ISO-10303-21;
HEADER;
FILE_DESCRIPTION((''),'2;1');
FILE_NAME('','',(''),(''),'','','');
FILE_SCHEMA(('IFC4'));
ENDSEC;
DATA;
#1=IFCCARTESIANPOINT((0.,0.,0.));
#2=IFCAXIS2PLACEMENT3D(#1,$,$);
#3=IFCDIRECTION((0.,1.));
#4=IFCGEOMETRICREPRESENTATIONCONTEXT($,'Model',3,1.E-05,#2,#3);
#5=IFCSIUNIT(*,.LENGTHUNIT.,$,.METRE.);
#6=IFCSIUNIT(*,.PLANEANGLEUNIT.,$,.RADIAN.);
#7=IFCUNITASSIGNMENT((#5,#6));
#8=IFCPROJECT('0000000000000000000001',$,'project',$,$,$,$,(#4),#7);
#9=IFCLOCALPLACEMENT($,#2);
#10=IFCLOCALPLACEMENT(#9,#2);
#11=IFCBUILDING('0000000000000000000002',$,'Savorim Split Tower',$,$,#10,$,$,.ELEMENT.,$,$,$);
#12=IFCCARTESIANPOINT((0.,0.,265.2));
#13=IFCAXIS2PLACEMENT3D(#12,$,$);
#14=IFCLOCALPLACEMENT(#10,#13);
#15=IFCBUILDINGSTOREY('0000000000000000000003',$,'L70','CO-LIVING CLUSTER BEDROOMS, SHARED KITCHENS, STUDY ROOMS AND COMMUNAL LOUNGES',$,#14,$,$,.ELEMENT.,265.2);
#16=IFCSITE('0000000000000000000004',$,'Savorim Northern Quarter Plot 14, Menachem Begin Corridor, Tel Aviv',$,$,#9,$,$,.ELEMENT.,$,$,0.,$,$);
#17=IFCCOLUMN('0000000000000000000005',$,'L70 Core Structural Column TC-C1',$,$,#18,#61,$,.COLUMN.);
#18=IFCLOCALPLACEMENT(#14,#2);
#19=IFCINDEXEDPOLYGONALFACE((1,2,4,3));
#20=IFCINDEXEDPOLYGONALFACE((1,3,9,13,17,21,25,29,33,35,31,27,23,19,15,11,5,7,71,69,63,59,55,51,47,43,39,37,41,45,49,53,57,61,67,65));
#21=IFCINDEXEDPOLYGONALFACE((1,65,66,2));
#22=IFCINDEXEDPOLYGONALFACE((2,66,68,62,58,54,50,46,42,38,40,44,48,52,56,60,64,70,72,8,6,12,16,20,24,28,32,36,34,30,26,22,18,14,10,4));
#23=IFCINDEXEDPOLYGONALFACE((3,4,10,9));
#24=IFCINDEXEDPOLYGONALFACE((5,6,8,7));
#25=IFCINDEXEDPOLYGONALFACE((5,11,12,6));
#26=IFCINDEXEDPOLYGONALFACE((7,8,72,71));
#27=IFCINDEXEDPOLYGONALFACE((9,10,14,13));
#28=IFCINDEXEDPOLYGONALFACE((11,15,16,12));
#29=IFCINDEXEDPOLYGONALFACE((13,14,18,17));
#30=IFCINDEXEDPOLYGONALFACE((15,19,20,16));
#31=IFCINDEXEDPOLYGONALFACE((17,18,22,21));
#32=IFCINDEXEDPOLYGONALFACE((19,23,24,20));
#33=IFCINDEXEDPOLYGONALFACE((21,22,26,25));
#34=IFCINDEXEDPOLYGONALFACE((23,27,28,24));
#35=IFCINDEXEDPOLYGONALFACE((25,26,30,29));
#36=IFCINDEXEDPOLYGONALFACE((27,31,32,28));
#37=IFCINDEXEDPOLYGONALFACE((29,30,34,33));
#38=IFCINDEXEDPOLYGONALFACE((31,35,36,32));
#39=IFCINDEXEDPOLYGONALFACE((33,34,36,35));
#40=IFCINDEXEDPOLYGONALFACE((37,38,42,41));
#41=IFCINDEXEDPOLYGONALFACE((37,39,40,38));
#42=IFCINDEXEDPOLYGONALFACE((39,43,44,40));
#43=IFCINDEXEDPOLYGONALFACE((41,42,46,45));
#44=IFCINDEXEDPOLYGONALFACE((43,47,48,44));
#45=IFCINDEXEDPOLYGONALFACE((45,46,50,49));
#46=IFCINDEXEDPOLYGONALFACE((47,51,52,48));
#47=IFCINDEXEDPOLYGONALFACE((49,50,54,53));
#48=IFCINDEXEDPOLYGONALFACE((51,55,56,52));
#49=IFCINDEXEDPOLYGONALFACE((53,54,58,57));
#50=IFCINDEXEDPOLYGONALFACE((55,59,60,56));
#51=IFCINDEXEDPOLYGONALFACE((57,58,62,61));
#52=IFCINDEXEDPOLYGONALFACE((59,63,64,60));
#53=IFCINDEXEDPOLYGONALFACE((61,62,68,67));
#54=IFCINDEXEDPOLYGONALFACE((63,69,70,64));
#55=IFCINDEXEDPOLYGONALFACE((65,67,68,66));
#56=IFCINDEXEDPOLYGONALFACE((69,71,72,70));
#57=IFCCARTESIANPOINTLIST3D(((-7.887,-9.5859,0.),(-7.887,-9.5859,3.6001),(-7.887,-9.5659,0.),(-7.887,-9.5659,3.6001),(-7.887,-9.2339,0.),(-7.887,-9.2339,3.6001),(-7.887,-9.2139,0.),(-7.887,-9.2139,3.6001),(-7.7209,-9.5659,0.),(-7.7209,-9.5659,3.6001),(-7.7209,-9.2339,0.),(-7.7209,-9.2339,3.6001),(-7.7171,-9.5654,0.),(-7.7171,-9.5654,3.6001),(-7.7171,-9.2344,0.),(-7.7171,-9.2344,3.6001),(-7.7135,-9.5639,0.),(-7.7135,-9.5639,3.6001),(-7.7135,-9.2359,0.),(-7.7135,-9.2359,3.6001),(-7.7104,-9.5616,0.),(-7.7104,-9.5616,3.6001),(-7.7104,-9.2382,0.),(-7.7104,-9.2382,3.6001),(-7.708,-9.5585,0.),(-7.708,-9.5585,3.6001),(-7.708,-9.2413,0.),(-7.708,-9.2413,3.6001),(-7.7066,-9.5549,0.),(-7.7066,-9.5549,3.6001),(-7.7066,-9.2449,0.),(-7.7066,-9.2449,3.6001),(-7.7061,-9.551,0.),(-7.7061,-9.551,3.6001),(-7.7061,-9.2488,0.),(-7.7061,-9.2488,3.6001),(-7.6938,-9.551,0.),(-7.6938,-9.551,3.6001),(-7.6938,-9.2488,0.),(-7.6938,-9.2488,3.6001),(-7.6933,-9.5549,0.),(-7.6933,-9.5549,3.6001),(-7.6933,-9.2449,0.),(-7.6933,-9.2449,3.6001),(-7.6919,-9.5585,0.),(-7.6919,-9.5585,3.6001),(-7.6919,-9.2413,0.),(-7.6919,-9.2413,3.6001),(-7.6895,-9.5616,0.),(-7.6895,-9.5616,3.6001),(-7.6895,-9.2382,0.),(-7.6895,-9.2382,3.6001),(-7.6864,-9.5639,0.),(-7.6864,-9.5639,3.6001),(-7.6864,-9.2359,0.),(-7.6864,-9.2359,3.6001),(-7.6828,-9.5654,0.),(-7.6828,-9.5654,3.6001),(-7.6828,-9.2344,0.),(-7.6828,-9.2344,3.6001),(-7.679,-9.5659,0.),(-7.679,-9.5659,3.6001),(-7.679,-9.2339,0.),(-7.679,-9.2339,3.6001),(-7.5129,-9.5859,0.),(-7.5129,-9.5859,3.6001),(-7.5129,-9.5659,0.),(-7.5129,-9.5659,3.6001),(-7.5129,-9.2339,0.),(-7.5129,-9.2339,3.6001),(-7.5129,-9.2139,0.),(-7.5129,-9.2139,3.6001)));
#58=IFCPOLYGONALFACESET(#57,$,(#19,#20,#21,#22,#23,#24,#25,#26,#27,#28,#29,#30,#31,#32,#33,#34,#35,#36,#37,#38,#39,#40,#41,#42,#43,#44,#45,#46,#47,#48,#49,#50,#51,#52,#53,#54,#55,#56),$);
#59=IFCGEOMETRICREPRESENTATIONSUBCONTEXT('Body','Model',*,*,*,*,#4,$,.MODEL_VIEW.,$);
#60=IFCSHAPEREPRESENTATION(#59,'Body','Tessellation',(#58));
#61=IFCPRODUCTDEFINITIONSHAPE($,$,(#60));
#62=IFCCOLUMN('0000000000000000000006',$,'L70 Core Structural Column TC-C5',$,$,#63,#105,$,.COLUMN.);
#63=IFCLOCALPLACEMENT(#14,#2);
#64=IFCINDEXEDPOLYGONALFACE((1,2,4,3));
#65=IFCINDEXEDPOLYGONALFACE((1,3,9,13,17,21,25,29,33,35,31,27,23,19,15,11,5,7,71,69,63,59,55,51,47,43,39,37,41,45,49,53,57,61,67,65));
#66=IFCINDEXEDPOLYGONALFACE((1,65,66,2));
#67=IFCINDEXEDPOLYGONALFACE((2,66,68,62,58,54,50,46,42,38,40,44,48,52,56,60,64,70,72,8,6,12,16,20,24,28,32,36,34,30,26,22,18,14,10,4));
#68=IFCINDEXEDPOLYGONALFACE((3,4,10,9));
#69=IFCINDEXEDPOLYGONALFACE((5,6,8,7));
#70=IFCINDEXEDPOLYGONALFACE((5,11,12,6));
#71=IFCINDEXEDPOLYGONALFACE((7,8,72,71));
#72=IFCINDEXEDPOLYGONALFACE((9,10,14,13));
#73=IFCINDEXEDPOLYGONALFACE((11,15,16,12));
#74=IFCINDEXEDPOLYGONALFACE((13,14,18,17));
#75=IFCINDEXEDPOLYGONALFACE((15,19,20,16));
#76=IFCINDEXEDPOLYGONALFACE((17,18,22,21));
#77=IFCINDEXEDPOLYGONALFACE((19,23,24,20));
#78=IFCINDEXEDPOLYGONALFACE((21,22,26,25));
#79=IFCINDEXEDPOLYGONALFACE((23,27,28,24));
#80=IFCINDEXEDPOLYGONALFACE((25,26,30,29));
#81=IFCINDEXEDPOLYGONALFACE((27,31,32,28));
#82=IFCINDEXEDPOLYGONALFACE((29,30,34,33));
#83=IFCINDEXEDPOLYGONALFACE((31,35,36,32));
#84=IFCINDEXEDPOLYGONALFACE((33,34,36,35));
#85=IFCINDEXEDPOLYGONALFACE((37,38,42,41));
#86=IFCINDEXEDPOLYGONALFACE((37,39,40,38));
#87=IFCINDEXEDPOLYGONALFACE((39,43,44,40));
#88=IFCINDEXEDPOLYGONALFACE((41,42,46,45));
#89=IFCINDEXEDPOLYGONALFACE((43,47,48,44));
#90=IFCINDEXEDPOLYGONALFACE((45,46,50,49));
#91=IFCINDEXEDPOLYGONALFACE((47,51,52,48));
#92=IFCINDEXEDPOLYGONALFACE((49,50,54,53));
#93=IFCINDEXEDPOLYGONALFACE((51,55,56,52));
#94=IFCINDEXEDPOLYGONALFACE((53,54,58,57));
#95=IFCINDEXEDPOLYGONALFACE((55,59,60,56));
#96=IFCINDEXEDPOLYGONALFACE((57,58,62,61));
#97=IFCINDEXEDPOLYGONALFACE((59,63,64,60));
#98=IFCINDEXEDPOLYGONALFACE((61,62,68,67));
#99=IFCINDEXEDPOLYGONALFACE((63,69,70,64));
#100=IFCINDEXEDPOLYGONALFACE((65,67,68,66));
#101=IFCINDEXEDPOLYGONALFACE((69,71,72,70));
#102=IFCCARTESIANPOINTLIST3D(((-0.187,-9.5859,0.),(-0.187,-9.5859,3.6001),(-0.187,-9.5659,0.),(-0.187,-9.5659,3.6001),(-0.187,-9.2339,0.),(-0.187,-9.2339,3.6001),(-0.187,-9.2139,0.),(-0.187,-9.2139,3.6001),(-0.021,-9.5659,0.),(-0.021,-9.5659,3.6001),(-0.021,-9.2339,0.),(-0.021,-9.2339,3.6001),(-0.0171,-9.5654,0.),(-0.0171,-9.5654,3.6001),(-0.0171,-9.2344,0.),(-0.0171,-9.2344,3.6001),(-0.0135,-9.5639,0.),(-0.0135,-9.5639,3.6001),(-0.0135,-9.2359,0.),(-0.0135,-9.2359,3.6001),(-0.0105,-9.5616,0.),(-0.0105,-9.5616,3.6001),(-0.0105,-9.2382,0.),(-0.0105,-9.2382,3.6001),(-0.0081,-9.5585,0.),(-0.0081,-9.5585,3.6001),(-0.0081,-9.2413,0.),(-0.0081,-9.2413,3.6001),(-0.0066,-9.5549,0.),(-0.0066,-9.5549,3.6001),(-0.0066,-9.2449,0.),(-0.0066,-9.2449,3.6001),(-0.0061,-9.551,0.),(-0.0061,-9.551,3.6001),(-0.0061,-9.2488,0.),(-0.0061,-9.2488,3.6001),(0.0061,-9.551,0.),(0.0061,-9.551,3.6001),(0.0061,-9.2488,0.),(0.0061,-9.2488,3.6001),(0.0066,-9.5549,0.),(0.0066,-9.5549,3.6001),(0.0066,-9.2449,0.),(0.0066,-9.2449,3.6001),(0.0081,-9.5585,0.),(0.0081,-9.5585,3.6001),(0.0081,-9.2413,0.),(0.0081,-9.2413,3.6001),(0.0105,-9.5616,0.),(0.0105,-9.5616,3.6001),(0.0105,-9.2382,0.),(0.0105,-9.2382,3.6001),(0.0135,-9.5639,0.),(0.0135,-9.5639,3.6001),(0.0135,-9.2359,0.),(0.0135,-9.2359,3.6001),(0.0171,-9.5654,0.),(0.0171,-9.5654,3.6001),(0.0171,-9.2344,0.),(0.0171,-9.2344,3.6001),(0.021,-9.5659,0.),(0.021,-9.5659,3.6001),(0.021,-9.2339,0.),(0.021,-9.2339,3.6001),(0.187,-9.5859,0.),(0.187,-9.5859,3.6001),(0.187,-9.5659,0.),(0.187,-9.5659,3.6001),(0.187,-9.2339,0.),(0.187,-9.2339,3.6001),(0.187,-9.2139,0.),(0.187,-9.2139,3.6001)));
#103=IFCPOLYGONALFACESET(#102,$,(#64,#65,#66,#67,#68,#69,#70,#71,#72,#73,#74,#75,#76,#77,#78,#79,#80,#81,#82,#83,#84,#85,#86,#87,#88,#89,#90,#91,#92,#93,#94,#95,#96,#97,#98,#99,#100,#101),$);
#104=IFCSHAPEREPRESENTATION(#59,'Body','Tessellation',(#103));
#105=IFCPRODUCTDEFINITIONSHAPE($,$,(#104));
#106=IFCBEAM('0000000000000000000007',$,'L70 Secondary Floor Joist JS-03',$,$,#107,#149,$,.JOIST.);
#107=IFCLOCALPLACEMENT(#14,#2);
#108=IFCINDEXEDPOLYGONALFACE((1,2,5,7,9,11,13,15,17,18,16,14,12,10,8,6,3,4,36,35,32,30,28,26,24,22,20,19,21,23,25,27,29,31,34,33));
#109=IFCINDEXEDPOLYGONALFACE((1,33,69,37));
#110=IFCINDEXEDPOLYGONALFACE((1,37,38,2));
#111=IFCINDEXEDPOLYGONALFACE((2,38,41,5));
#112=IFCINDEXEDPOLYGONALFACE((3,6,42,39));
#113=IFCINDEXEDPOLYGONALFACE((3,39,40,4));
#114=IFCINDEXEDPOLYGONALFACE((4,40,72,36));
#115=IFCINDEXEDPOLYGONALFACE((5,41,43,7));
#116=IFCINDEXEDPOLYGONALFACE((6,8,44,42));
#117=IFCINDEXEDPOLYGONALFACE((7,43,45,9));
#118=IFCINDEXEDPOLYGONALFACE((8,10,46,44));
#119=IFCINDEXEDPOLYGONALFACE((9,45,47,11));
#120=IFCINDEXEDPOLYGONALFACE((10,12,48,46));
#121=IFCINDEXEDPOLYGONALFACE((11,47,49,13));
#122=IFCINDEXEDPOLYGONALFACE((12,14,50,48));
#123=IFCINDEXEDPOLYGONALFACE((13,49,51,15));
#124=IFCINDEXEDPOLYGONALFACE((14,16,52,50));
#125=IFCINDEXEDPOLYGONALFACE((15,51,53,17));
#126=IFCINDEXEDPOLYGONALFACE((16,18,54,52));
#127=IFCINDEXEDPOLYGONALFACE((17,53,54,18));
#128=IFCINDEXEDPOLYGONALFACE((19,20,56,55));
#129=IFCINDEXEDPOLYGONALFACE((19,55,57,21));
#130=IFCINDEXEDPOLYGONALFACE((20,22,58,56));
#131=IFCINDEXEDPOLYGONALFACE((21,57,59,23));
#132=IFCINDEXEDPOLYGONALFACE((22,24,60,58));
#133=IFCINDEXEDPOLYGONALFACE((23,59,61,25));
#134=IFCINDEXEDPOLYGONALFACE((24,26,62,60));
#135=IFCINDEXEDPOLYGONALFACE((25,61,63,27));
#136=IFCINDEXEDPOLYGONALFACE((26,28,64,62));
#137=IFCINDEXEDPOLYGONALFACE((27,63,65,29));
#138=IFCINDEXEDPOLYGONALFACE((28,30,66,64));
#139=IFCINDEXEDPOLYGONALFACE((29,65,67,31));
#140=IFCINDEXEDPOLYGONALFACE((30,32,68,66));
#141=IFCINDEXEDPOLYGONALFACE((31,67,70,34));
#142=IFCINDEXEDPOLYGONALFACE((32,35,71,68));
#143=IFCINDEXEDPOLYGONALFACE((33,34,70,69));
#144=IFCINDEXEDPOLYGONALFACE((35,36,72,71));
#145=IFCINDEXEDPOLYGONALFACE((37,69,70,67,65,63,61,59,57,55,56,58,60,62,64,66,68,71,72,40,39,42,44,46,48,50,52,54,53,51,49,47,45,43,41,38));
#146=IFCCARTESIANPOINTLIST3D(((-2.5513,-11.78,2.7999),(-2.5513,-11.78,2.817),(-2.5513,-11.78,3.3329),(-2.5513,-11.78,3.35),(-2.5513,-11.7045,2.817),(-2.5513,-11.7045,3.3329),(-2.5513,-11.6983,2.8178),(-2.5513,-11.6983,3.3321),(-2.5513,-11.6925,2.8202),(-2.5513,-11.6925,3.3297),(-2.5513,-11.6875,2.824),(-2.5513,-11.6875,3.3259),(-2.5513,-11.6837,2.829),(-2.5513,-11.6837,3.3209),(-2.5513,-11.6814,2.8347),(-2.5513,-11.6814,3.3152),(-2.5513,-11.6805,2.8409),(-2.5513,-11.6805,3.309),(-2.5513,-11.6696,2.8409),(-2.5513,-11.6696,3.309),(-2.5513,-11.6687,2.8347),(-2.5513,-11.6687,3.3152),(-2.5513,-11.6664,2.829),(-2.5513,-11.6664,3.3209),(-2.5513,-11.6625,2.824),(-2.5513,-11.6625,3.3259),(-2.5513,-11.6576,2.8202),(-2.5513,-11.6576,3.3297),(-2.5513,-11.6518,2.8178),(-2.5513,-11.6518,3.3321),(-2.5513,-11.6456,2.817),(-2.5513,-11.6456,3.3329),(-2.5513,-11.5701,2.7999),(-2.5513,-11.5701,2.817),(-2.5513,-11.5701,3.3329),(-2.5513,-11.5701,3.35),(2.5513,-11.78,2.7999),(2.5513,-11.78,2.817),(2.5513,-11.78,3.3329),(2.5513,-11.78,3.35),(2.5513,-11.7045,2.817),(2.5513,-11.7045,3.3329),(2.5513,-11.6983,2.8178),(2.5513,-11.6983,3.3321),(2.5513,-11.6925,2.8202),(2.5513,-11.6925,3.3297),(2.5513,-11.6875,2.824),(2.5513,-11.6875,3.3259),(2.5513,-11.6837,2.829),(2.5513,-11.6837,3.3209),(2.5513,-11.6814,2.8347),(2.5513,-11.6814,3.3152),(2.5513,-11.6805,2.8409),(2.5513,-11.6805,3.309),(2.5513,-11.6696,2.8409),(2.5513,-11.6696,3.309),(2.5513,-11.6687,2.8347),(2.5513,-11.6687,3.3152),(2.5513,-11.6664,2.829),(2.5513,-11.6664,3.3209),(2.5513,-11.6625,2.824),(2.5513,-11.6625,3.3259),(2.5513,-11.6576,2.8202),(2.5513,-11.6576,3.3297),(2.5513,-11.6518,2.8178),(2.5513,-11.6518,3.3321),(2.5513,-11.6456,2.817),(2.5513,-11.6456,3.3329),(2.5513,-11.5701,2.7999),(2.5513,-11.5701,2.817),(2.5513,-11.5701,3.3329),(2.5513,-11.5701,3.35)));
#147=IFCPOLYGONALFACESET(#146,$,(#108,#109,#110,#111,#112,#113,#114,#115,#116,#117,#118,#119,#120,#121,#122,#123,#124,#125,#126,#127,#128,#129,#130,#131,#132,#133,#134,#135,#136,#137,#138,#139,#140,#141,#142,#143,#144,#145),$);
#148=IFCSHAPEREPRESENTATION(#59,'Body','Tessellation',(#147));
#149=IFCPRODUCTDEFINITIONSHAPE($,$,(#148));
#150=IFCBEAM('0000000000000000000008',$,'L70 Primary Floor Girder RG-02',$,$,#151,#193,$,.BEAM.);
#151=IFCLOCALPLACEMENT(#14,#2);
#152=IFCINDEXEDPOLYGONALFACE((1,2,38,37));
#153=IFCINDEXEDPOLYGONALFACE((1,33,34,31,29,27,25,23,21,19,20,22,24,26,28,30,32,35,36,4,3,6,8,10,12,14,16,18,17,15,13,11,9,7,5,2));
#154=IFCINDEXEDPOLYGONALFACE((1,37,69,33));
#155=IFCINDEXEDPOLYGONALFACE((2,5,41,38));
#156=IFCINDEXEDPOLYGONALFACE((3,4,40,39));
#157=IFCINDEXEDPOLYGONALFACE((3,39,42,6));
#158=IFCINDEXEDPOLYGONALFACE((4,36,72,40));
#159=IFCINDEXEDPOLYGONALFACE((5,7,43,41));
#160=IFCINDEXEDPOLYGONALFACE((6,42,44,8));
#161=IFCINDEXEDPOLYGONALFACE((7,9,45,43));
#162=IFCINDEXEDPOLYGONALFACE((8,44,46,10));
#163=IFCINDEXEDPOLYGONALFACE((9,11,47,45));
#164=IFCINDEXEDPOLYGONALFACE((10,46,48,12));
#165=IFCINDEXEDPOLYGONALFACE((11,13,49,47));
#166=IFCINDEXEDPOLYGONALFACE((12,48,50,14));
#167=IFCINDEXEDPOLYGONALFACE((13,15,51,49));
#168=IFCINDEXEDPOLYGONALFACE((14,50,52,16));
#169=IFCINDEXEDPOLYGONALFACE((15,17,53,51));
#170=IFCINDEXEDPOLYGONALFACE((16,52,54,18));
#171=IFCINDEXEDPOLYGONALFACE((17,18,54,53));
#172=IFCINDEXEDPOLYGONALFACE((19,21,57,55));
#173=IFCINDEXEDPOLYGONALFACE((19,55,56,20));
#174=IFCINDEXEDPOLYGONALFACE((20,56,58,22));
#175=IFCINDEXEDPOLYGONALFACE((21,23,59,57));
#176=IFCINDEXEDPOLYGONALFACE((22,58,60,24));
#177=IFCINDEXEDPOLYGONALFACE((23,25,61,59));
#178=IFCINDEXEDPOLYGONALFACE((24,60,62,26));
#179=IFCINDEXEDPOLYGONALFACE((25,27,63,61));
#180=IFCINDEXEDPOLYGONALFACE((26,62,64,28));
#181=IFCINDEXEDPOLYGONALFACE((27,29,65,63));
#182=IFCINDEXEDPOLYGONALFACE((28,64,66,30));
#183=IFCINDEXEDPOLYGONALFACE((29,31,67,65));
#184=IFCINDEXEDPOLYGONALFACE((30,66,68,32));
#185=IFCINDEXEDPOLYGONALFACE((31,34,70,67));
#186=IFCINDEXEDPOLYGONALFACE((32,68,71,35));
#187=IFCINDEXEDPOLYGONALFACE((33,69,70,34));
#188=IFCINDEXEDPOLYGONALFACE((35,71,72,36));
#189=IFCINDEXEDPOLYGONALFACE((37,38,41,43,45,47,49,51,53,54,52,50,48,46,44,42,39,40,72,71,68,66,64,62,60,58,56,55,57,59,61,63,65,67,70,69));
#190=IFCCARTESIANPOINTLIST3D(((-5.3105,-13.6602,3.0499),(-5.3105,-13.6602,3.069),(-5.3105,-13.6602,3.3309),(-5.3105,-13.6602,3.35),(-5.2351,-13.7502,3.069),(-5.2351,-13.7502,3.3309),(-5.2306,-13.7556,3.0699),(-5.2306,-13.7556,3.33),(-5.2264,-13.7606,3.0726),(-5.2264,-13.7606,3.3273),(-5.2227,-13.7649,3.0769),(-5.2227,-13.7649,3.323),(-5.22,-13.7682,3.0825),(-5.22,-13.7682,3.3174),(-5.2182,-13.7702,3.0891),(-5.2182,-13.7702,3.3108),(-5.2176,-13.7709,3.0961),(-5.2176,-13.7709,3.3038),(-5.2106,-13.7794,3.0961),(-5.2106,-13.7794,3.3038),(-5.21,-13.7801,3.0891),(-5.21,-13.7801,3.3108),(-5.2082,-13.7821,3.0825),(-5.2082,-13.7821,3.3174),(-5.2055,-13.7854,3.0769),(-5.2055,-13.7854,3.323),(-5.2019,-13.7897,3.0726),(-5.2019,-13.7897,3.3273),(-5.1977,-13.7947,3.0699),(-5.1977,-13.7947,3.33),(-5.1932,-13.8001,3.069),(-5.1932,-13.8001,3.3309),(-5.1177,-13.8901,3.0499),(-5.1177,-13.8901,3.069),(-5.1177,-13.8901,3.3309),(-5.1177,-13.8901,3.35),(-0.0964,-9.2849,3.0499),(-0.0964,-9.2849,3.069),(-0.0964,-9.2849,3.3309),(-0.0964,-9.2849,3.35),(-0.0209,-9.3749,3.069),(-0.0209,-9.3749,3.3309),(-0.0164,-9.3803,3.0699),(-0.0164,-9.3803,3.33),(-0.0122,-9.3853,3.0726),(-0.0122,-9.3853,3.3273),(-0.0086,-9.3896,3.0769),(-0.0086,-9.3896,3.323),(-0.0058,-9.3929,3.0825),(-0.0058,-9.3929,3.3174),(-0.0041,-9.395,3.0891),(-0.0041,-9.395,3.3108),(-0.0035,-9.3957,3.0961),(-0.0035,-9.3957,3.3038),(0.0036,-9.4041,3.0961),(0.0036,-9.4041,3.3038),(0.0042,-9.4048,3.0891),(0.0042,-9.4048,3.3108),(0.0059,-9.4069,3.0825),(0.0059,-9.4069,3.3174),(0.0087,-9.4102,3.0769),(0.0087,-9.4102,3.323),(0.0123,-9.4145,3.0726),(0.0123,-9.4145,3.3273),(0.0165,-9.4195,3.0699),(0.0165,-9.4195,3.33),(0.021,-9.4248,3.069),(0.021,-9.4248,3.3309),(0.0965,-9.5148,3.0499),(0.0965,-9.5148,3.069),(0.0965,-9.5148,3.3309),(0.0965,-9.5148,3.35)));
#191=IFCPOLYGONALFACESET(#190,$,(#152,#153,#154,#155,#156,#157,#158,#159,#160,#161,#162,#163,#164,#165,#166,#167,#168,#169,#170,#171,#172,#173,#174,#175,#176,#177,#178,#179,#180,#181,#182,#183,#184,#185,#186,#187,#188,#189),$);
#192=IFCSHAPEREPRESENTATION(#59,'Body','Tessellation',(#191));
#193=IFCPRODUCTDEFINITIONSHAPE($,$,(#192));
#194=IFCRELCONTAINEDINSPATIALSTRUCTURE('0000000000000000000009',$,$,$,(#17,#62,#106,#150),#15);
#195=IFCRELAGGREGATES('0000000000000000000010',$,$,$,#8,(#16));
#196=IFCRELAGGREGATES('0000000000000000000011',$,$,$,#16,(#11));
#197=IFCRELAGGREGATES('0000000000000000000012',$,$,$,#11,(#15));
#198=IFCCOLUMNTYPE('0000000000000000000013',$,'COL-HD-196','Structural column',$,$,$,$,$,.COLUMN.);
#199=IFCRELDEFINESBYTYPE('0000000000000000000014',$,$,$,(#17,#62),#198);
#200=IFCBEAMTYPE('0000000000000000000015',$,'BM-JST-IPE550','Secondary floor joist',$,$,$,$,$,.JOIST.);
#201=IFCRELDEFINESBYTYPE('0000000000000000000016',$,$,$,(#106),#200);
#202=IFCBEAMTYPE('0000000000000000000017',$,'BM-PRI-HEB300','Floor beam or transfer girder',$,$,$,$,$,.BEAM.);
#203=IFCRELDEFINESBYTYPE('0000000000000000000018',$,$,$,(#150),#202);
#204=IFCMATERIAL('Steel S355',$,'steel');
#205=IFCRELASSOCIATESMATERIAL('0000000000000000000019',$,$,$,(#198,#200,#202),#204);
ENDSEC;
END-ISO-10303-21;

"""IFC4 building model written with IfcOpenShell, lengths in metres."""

from ifc_helpers import new_model, si_unit, direction, frame, origin, origin_2d, place, context, subcontext, project, spatial, i_section, extrude, material, material_profile, profile_set, type_object, element, save


model = new_model("IFC4")

# Units and contexts
model_context = context("Model", 3, precision=1e-05, world=origin(), true_north=direction((0.0, 1.0)))
body_context = subcontext(model_context, "Body", "Model", "MODEL_VIEW")
ifc_project = project(units=[si_unit("LENGTHUNIT", "METRE"), si_unit("PLANEANGLEUNIT", "RADIAN")], contexts=[model_context])

# Site, building, storey
site_placement = place(None, origin())
site = spatial("IfcSite", under=ifc_project, at=site_placement, Name="Savorim Northern Quarter Plot 14, Menachem Begin Corridor, Tel Aviv", CompositionType="ELEMENT", RefElevation=0.0)
building_placement = place(site_placement, origin())
building = spatial("IfcBuilding", under=site, at=building_placement, Name="Savorim Split Tower", CompositionType="ELEMENT")
storey_placement = place(building_placement, frame((0.0, 0.0, 265.2)))
storey = spatial("IfcBuildingStorey", under=building, at=storey_placement, Name="L70", Description="CO-LIVING CLUSTER BEDROOMS, SHARED KITCHENS, STUDY ROOMS AND COMMUNAL LOUNGES", CompositionType="ELEMENT", Elevation=265.2)

# Columns
ifc_material_1 = material(Name="Steel S355", Category="steel")
ifc_material_profile_1 = material_profile(ifc_material_1, i_section(OverallWidth=0.374, OverallDepth=0.3721, WebThickness=0.0122, FlangeThickness=0.02, FilletRadius=0.0149, at=origin_2d()), Name="HD 360x196")
ifc_profile_set_1 = profile_set([ifc_material_profile_1], Name="Steel S355")
column_type = type_object("IfcColumnType", Name="COL-HD-196", Description="Structural column", PredefinedType="COLUMN", material=ifc_profile_set_1)
for number, where, z_axis, x_axis, name in (
    (1, (-7.7, -9.3999, 0.0), (0.0, 0.0, 1.0), (1.0, 0.0, 0.0), "L70 Core Structural Column TC-C1"),
    (2, (0.0, -9.3999, 0.0), (0.0, 0.0, 1.0), (1.0, 0.0, 0.0), "L70 Core Structural Column TC-C5"),
):
    element("IfcColumn", number, at=place(storey_placement, frame(where, z_axis=z_axis, x_axis=x_axis)), inside=storey, type_object=column_type, Name=name, PredefinedType="COLUMN", context=body_context, shape_type="SweptSolid", body=[
        extrude(i_section(OverallWidth=0.374, OverallDepth=0.3721, WebThickness=0.0122, FlangeThickness=0.02, FilletRadius=0.0149, at=origin_2d()), origin(), (0.0, 0.0, 1.0), 3.6001),
    ])

# Beams
ifc_material_profile_2 = material_profile(ifc_material_1, i_section(OverallWidth=0.21, OverallDepth=0.55, WebThickness=0.011, FlangeThickness=0.0171, FilletRadius=0.0239, at=origin_2d()), Name="IPE 550")
ifc_profile_set_2 = profile_set([ifc_material_profile_2], Name="Steel S355")
beam_type_1 = type_object("IfcBeamType", Name="BM-JST-IPE550", Description="Secondary floor joist", PredefinedType="JOIST", material=ifc_profile_set_2)
beam_1_placement = place(storey_placement, frame((-2.5513, -11.675, 3.075), z_axis=(1.0, 0.0, 0.0), x_axis=(0.0, 1.0, 0.0)))
element("IfcBeam", 3, at=beam_1_placement, inside=storey, type_object=beam_type_1, Name="L70 Secondary Floor Joist JS-03", PredefinedType="JOIST", context=body_context, shape_type="SweptSolid", body=[
    extrude(i_section(OverallWidth=0.21, OverallDepth=0.55, WebThickness=0.011, FlangeThickness=0.0171, FilletRadius=0.0239, at=origin_2d()), origin(), (0.0, 0.0, 1.0), 5.1025),
])
ifc_material_profile_3 = material_profile(ifc_material_1, i_section(OverallWidth=0.3, OverallDepth=0.3, WebThickness=0.011, FlangeThickness=0.019, FilletRadius=0.0271, at=origin_2d()), Name="HEB 300")
ifc_profile_set_3 = profile_set([ifc_material_profile_3], Name="Steel S355")
beam_type_2 = type_object("IfcBeamType", Name="BM-PRI-HEB300", Description="Floor beam or transfer girder", PredefinedType="BEAM", material=ifc_profile_set_3)
beam_2_placement = place(storey_placement, frame((-5.2141, -13.7751, 3.2), z_axis=(0.766038, 0.642795, 0.0), x_axis=(-0.642795, 0.766038, 0.0)))
element("IfcBeam", 4, at=beam_2_placement, inside=storey, type_object=beam_type_2, Name="L70 Primary Floor Girder RG-02", PredefinedType="BEAM", context=body_context, shape_type="SweptSolid", body=[
    extrude(i_section(OverallWidth=0.3, OverallDepth=0.3, WebThickness=0.011, FlangeThickness=0.019, FilletRadius=0.0271, at=origin_2d()), origin(), (0.0, 0.0, 1.0), 6.8066),
])

save(model, "model.ifc")
